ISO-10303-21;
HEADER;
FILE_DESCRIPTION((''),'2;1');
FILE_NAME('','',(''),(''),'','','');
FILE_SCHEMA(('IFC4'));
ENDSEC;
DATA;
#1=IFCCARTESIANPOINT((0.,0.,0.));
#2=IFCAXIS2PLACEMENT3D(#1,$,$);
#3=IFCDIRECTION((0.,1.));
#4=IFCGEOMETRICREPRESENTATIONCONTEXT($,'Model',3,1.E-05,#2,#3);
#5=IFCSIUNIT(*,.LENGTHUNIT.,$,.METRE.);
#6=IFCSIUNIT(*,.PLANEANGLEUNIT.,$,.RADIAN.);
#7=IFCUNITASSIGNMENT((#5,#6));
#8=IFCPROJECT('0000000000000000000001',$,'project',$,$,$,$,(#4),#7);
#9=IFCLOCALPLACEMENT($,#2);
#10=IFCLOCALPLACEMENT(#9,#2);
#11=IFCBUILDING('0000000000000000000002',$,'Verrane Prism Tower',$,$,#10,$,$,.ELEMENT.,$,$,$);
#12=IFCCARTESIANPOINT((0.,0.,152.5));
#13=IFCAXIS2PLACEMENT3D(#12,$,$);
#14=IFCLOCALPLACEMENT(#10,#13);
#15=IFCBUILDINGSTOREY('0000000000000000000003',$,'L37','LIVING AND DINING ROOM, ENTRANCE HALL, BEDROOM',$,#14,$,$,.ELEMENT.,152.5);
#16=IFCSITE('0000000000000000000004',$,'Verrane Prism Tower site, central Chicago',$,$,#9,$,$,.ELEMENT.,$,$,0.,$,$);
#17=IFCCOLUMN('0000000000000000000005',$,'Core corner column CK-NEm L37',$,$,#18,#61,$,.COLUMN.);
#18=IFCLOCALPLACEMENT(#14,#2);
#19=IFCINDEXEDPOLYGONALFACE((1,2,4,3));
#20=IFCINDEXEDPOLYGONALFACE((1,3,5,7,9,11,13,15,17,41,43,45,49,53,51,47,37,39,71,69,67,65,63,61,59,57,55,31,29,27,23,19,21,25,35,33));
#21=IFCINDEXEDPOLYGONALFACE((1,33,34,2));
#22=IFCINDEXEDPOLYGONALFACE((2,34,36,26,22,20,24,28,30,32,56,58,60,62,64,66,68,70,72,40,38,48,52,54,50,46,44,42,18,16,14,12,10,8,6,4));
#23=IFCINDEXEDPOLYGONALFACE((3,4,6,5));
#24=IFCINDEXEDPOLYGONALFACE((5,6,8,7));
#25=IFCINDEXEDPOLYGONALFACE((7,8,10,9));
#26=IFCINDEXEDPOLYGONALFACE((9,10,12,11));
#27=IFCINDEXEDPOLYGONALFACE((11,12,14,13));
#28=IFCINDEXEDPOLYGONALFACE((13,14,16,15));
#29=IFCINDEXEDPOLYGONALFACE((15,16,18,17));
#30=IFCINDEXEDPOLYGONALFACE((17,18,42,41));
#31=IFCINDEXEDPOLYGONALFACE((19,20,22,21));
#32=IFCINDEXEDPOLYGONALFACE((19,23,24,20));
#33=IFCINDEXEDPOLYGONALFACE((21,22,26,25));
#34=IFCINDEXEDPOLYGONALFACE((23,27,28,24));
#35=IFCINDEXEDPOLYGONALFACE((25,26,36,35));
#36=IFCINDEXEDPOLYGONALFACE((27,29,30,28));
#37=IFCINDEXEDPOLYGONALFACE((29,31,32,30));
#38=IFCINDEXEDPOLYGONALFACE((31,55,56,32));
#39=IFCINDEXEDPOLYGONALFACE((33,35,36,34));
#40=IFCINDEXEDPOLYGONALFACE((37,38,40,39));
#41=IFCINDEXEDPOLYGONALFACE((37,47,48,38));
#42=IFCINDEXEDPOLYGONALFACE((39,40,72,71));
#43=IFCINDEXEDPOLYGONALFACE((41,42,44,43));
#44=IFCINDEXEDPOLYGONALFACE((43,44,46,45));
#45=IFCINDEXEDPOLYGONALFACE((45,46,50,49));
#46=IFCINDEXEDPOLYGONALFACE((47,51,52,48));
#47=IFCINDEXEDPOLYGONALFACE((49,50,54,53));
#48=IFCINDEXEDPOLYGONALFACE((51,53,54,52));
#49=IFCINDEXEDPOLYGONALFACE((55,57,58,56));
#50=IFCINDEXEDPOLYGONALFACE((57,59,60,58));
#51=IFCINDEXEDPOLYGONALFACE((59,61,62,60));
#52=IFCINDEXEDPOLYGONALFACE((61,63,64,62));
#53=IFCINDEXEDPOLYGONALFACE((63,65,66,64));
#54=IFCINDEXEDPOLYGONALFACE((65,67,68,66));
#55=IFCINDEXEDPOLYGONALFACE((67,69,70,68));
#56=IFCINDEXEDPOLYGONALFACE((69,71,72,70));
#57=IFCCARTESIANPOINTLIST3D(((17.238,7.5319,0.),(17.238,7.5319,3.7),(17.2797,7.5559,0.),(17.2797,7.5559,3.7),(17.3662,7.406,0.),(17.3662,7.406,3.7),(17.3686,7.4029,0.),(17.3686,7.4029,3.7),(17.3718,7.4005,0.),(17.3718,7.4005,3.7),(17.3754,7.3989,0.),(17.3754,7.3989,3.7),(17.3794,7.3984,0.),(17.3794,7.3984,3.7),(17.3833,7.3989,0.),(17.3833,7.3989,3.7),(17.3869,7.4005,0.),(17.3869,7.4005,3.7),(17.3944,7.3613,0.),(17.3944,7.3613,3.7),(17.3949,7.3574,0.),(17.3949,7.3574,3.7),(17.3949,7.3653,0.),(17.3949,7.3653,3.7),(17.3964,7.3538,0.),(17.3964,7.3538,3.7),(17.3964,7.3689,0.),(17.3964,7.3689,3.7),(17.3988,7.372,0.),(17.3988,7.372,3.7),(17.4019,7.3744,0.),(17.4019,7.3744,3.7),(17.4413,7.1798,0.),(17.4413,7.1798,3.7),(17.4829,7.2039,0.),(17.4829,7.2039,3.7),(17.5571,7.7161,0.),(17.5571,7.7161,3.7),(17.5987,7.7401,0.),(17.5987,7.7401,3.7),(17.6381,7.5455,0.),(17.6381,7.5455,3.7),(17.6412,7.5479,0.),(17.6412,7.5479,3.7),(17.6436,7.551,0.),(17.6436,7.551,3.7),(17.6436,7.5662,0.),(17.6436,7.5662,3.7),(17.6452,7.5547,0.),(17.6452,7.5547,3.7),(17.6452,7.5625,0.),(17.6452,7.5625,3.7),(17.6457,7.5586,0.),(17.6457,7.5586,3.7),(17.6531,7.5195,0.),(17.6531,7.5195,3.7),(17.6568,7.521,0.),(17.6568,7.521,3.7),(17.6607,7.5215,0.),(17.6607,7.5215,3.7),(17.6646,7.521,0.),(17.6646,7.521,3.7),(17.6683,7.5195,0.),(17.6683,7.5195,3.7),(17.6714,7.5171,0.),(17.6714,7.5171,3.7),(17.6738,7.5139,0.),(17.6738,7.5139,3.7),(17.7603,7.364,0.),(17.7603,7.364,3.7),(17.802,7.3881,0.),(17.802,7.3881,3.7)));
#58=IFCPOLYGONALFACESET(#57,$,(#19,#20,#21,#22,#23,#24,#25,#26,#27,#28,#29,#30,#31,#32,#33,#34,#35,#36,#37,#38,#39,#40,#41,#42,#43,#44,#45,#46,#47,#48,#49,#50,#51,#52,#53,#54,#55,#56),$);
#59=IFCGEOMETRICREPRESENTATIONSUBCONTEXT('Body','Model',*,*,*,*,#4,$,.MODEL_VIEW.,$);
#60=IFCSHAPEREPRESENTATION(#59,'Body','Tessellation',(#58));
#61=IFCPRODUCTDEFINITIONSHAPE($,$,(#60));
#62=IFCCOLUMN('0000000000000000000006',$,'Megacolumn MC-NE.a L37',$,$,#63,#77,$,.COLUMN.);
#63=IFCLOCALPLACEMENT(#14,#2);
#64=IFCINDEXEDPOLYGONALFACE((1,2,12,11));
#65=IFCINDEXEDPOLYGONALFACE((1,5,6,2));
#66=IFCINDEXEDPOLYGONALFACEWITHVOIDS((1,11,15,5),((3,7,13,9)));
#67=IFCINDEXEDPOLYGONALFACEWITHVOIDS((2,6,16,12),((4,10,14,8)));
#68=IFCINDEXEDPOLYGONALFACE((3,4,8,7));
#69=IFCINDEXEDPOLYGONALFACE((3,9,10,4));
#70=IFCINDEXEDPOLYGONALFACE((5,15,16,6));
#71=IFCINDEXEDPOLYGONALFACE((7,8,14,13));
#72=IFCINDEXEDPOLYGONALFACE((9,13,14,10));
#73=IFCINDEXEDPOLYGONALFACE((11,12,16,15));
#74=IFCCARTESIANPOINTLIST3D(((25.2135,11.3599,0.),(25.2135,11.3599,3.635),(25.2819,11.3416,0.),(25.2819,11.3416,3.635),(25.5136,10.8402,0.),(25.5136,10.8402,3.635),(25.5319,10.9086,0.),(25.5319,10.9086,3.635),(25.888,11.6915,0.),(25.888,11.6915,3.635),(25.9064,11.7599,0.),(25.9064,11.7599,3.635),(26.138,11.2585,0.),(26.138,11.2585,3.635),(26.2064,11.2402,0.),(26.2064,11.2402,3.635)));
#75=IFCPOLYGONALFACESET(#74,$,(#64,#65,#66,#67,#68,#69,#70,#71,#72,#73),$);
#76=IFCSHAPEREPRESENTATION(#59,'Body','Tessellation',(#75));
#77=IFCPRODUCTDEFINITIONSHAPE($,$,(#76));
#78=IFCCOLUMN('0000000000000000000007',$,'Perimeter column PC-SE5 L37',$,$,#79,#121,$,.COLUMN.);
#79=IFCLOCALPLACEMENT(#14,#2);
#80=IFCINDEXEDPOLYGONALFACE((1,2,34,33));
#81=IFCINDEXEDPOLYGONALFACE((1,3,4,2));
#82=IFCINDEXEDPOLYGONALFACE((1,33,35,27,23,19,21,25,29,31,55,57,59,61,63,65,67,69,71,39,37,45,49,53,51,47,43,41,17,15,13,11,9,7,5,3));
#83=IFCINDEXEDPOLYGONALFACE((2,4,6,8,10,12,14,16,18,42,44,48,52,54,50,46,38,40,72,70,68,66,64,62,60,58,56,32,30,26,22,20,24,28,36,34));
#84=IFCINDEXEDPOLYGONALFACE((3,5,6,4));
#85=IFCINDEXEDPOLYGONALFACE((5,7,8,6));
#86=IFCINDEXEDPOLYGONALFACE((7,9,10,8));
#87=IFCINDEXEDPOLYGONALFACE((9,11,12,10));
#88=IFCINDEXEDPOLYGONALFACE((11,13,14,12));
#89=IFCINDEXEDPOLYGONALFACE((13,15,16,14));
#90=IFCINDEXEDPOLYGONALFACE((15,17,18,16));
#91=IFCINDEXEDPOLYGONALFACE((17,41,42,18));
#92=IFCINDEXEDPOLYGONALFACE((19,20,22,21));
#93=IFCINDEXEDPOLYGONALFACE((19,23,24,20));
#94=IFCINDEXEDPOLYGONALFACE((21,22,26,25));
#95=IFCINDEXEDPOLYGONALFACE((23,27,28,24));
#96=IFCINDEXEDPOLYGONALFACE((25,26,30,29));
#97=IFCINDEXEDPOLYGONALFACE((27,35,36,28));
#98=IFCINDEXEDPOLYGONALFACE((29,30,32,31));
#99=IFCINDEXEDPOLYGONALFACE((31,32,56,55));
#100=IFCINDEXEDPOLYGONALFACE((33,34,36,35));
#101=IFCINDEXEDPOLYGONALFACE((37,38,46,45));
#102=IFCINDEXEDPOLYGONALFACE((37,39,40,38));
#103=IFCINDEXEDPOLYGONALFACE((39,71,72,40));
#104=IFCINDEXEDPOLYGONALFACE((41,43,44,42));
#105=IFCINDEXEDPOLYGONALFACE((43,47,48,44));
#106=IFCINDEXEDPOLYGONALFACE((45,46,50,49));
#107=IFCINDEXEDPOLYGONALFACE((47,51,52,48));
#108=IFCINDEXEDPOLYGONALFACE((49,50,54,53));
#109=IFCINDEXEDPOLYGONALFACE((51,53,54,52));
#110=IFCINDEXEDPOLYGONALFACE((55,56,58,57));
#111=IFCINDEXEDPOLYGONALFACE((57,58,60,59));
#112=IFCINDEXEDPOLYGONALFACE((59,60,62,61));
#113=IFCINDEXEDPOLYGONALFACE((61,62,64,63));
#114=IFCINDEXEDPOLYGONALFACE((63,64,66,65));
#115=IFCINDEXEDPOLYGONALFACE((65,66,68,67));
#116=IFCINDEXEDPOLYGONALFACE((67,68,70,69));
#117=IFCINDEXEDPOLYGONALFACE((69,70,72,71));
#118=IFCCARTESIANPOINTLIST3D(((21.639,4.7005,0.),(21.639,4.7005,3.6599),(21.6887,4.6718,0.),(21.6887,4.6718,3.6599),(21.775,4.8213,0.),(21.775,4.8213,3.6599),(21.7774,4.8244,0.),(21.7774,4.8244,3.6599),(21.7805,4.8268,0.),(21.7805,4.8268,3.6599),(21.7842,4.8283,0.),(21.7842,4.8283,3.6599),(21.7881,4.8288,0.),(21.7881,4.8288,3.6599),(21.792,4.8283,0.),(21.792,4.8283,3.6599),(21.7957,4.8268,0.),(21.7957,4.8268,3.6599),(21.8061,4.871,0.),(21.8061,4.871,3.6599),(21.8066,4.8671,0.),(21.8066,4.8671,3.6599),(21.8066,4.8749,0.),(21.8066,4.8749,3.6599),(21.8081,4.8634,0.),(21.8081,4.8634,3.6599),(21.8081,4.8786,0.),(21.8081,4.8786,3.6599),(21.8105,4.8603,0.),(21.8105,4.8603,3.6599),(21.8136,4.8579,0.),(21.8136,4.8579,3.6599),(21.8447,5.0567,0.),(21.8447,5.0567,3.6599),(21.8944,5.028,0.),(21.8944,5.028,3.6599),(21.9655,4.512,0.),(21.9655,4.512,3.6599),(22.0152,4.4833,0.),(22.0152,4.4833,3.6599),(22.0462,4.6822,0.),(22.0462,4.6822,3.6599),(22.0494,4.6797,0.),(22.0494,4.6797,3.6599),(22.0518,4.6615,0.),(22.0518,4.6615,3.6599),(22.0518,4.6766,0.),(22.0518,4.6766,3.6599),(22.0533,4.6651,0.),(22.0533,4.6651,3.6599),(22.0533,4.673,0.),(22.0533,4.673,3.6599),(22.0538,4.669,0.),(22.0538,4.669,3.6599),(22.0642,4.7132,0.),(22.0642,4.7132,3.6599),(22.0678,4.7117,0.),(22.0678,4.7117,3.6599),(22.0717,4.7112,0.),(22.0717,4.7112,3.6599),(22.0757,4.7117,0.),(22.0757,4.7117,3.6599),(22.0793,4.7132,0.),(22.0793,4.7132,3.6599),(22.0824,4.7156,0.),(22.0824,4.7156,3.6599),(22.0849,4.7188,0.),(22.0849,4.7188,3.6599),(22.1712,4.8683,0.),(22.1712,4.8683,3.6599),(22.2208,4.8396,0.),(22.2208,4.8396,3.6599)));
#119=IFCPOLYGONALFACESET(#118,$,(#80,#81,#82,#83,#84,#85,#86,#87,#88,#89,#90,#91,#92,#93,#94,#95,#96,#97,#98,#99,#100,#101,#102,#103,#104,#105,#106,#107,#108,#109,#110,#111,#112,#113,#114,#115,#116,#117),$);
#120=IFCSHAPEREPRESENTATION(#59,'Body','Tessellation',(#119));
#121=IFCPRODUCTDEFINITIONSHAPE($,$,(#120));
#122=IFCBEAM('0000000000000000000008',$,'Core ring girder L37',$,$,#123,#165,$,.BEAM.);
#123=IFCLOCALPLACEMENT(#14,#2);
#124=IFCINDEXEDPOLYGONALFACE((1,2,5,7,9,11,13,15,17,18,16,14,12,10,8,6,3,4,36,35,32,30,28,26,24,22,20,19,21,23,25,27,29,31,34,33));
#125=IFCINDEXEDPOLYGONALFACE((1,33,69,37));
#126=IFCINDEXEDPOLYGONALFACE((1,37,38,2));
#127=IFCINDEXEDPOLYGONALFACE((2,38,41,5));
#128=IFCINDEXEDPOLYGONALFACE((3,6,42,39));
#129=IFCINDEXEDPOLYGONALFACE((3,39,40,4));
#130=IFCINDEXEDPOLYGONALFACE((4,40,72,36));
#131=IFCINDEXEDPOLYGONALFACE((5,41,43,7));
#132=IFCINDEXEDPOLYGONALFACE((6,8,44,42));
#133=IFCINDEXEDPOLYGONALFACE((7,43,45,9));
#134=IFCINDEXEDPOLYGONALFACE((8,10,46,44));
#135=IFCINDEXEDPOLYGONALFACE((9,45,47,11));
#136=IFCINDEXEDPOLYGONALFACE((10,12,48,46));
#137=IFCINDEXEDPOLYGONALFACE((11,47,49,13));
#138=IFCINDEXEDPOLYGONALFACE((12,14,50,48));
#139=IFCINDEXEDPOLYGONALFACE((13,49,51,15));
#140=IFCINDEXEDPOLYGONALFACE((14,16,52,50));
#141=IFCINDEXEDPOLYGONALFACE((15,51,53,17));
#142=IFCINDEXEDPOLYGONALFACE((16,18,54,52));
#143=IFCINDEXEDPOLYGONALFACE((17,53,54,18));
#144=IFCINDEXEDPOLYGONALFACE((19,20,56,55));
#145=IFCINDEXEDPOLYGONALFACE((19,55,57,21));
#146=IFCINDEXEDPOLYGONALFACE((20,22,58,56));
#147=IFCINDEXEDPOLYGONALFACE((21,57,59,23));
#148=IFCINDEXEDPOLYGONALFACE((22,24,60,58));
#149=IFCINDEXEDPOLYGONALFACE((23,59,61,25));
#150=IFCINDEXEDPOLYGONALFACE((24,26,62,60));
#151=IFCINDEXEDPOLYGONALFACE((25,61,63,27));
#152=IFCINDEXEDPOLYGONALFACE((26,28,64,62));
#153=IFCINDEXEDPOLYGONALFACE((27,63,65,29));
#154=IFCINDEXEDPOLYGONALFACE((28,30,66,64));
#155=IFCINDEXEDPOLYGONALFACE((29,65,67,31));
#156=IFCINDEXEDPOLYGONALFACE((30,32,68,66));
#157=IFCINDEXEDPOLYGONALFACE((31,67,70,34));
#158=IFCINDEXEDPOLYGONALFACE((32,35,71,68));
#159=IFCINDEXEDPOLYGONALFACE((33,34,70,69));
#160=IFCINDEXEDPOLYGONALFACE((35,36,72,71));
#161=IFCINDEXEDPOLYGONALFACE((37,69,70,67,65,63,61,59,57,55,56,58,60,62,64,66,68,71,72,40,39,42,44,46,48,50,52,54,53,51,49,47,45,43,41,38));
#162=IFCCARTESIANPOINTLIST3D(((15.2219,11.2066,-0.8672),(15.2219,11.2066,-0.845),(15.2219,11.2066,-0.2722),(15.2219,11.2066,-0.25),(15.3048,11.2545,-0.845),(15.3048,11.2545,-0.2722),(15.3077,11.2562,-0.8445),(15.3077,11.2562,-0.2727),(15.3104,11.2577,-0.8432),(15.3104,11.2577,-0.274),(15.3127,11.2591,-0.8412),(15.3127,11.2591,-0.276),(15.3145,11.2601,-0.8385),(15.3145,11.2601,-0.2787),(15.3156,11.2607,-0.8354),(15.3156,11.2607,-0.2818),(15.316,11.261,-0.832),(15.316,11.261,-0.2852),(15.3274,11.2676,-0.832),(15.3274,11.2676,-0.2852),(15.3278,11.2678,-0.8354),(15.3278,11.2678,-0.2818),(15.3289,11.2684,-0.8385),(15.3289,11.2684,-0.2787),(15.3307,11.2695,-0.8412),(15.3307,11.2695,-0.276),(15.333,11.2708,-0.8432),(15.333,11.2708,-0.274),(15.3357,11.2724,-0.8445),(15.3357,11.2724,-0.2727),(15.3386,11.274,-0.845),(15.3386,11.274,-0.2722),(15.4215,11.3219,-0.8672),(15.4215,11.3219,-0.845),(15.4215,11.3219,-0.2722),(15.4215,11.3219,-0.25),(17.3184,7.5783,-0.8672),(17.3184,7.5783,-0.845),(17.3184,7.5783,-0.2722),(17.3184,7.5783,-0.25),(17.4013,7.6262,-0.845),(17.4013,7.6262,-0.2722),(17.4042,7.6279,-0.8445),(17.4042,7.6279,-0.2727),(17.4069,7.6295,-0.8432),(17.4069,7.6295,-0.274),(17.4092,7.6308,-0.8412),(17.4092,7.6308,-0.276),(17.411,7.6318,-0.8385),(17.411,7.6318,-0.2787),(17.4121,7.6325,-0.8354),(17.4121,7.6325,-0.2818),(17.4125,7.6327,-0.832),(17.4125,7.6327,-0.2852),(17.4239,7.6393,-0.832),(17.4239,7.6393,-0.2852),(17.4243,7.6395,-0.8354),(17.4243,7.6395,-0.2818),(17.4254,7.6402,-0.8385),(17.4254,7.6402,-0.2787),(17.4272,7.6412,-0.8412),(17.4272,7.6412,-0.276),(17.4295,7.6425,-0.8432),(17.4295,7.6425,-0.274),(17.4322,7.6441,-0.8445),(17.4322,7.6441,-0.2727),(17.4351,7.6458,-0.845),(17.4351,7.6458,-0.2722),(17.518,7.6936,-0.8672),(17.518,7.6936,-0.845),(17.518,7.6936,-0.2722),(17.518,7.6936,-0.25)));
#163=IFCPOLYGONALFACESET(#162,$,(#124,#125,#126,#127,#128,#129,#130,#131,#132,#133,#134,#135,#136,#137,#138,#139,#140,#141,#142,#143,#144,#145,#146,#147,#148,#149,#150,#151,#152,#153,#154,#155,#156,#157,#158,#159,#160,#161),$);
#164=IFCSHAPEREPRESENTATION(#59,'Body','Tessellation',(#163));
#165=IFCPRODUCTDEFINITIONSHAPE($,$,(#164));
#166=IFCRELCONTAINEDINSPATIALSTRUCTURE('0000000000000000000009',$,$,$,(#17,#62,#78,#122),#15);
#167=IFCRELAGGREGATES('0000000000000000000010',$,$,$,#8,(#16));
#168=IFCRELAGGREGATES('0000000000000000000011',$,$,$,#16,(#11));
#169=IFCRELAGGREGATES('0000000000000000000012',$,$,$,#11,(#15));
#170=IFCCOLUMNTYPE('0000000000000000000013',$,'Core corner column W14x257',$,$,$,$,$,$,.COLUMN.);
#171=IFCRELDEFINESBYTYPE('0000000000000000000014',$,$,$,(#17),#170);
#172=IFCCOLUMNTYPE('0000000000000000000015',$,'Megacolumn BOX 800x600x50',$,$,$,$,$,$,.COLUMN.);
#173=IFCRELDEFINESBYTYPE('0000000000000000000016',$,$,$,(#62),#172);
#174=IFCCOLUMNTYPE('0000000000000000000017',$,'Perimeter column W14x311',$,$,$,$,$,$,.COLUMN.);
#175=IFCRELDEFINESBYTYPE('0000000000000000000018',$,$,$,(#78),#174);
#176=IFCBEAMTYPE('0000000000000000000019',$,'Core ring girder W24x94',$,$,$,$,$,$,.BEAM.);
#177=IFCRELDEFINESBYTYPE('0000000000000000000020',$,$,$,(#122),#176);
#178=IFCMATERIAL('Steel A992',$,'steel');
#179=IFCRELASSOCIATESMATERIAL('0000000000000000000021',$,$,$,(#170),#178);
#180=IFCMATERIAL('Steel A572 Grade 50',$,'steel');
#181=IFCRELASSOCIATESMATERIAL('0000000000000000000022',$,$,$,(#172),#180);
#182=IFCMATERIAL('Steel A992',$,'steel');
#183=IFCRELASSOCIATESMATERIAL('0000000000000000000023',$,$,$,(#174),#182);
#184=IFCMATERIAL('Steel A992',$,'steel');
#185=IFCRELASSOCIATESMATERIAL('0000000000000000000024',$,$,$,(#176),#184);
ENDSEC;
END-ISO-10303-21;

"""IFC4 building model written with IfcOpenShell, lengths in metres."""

from ifc_helpers import new_model, si_unit, direction, frame, origin, origin_2d, place, context, subcontext, project, spatial, hollow_rectangle, i_section, extrude, material, material_profile, profile_set, type_object, element, save


model = new_model("IFC4")

# Units and contexts
model_context = context("Model", 3, precision=1e-05, world=origin(), true_north=direction((0.0, 1.0)))
body_context = subcontext(model_context, "Body", "Model", "MODEL_VIEW")
ifc_project = project(units=[si_unit("LENGTHUNIT", "METRE"), si_unit("PLANEANGLEUNIT", "RADIAN")], contexts=[model_context])

# Site, building, storey
site_placement = place(None, origin())
site = spatial("IfcSite", under=ifc_project, at=site_placement, Name="Verrane Prism Tower site, central Chicago", CompositionType="ELEMENT", RefElevation=0.0)
building_placement = place(site_placement, origin())
building = spatial("IfcBuilding", under=site, at=building_placement, Name="Verrane Prism Tower", CompositionType="ELEMENT")
storey_placement = place(building_placement, frame((0.0, 0.0, 152.5)))
storey = spatial("IfcBuildingStorey", under=building, at=storey_placement, Name="L37", Description="LIVING AND DINING ROOM, ENTRANCE HALL, BEDROOM", CompositionType="ELEMENT", Elevation=152.5)

# Columns
ifc_material_1 = material(Name="Steel A992", Category="steel")
ifc_material_profile_1 = material_profile(ifc_material_1, i_section(OverallWidth=0.4065, OverallDepth=0.4165, WebThickness=0.03, FlangeThickness=0.0481, FilletRadius=0.0151, at=origin_2d()), Name="W14x257")
ifc_profile_set_1 = profile_set([ifc_material_profile_1], Name="Steel A992")
column_type_1 = type_object("IfcColumnType", Name="Core corner column W14x257", PredefinedType="COLUMN", material=ifc_profile_set_1)
column_1_placement = place(storey_placement, frame((17.52, 7.46, 0.0), z_axis=(0.0, 0.0, 1.0), x_axis=(0.5, -0.866025, 0.0)))
element("IfcColumn", 1, at=column_1_placement, inside=storey, type_object=column_type_1, Name="Core corner column CK-NEm L37", PredefinedType="COLUMN", context=body_context, shape_type="SweptSolid", body=[
    extrude(i_section(OverallWidth=0.4065, OverallDepth=0.4165, WebThickness=0.03, FlangeThickness=0.0481, FilletRadius=0.0151, at=origin_2d()), origin(), (0.0, 0.0, 1.0), 3.7),
])
ifc_material_2 = material(Name="Steel A572 Grade 50", Category="steel")
ifc_material_profile_2 = material_profile(ifc_material_2, hollow_rectangle(XDim=0.6001, YDim=0.8, WallThickness=0.05, at=origin_2d()), Name="BOX 800x600x50")
ifc_profile_set_2 = profile_set([ifc_material_profile_2], Name="Steel A572 Grade 50")
column_type_2 = type_object("IfcColumnType", Name="Megacolumn BOX 800x600x50", PredefinedType="COLUMN", material=ifc_profile_set_2)
column_2_placement = place(storey_placement, frame((25.71, 11.3, 0.0), z_axis=(0.0, 0.0, 1.0), x_axis=(0.5, -0.866025, 0.0)))
element("IfcColumn", 2, at=column_2_placement, inside=storey, type_object=column_type_2, Name="Megacolumn MC-NE.a L37", PredefinedType="COLUMN", context=body_context, shape_type="SweptSolid", body=[
    extrude(hollow_rectangle(XDim=0.6001, YDim=0.8, WallThickness=0.05, at=origin_2d()), origin(), (0.0, 0.0, 1.0), 3.635),
])
ifc_material_3 = material(Name="Steel A992", Category="steel")
ifc_material_profile_3 = material_profile(ifc_material_3, i_section(OverallWidth=0.4114, OverallDepth=0.4343, WebThickness=0.0359, FlangeThickness=0.0574, FilletRadius=0.0151, at=origin_2d()), Name="W14x311")
ifc_profile_set_3 = profile_set([ifc_material_profile_3], Name="Steel A992")
column_type_3 = type_object("IfcColumnType", Name="Perimeter column W14x311", PredefinedType="COLUMN", material=ifc_profile_set_3)
column_3_placement = place(storey_placement, frame((21.9299, 4.77, 0.0), z_axis=(0.0, 0.0, 1.0), x_axis=(-0.5, -0.866025, 0.0)))
element("IfcColumn", 3, at=column_3_placement, inside=storey, type_object=column_type_3, Name="Perimeter column PC-SE5 L37", PredefinedType="COLUMN", context=body_context, shape_type="SweptSolid", body=[
    extrude(i_section(OverallWidth=0.4114, OverallDepth=0.4343, WebThickness=0.0359, FlangeThickness=0.0574, FilletRadius=0.0151, at=origin_2d()), origin(), (0.0, 0.0, 1.0), 3.6599),
])

# Beam
ifc_material_4 = material(Name="Steel A992", Category="steel")
ifc_material_profile_4 = material_profile(ifc_material_4, i_section(OverallWidth=0.2305, OverallDepth=0.6172, WebThickness=0.0132, FlangeThickness=0.0222, FilletRadius=0.0129, at=origin_2d()), Name="W24x94")
ifc_profile_set_4 = profile_set([ifc_material_profile_4], Name="Steel A992")
beam_type_1 = type_object("IfcBeamType", Name="Core ring girder W24x94", PredefinedType="BEAM", material=ifc_profile_set_4)
beam_1_placement = place(storey_placement, frame((17.4182, 7.636, -0.5586), z_axis=(-0.500306, 0.865849, 0.0), x_axis=(-0.865849, -0.500306, 0.0)))
element("IfcBeam", 4, at=beam_1_placement, inside=storey, type_object=beam_type_1, Name="Core ring girder L37", PredefinedType="BEAM", context=body_context, shape_type="SweptSolid", body=[
    extrude(i_section(OverallWidth=0.2305, OverallDepth=0.6172, WebThickness=0.0132, FlangeThickness=0.0222, FilletRadius=0.0129, at=origin_2d()), origin(), (0.0, 0.0, 1.0), 4.1904),
])

save(model, "model.ifc")
